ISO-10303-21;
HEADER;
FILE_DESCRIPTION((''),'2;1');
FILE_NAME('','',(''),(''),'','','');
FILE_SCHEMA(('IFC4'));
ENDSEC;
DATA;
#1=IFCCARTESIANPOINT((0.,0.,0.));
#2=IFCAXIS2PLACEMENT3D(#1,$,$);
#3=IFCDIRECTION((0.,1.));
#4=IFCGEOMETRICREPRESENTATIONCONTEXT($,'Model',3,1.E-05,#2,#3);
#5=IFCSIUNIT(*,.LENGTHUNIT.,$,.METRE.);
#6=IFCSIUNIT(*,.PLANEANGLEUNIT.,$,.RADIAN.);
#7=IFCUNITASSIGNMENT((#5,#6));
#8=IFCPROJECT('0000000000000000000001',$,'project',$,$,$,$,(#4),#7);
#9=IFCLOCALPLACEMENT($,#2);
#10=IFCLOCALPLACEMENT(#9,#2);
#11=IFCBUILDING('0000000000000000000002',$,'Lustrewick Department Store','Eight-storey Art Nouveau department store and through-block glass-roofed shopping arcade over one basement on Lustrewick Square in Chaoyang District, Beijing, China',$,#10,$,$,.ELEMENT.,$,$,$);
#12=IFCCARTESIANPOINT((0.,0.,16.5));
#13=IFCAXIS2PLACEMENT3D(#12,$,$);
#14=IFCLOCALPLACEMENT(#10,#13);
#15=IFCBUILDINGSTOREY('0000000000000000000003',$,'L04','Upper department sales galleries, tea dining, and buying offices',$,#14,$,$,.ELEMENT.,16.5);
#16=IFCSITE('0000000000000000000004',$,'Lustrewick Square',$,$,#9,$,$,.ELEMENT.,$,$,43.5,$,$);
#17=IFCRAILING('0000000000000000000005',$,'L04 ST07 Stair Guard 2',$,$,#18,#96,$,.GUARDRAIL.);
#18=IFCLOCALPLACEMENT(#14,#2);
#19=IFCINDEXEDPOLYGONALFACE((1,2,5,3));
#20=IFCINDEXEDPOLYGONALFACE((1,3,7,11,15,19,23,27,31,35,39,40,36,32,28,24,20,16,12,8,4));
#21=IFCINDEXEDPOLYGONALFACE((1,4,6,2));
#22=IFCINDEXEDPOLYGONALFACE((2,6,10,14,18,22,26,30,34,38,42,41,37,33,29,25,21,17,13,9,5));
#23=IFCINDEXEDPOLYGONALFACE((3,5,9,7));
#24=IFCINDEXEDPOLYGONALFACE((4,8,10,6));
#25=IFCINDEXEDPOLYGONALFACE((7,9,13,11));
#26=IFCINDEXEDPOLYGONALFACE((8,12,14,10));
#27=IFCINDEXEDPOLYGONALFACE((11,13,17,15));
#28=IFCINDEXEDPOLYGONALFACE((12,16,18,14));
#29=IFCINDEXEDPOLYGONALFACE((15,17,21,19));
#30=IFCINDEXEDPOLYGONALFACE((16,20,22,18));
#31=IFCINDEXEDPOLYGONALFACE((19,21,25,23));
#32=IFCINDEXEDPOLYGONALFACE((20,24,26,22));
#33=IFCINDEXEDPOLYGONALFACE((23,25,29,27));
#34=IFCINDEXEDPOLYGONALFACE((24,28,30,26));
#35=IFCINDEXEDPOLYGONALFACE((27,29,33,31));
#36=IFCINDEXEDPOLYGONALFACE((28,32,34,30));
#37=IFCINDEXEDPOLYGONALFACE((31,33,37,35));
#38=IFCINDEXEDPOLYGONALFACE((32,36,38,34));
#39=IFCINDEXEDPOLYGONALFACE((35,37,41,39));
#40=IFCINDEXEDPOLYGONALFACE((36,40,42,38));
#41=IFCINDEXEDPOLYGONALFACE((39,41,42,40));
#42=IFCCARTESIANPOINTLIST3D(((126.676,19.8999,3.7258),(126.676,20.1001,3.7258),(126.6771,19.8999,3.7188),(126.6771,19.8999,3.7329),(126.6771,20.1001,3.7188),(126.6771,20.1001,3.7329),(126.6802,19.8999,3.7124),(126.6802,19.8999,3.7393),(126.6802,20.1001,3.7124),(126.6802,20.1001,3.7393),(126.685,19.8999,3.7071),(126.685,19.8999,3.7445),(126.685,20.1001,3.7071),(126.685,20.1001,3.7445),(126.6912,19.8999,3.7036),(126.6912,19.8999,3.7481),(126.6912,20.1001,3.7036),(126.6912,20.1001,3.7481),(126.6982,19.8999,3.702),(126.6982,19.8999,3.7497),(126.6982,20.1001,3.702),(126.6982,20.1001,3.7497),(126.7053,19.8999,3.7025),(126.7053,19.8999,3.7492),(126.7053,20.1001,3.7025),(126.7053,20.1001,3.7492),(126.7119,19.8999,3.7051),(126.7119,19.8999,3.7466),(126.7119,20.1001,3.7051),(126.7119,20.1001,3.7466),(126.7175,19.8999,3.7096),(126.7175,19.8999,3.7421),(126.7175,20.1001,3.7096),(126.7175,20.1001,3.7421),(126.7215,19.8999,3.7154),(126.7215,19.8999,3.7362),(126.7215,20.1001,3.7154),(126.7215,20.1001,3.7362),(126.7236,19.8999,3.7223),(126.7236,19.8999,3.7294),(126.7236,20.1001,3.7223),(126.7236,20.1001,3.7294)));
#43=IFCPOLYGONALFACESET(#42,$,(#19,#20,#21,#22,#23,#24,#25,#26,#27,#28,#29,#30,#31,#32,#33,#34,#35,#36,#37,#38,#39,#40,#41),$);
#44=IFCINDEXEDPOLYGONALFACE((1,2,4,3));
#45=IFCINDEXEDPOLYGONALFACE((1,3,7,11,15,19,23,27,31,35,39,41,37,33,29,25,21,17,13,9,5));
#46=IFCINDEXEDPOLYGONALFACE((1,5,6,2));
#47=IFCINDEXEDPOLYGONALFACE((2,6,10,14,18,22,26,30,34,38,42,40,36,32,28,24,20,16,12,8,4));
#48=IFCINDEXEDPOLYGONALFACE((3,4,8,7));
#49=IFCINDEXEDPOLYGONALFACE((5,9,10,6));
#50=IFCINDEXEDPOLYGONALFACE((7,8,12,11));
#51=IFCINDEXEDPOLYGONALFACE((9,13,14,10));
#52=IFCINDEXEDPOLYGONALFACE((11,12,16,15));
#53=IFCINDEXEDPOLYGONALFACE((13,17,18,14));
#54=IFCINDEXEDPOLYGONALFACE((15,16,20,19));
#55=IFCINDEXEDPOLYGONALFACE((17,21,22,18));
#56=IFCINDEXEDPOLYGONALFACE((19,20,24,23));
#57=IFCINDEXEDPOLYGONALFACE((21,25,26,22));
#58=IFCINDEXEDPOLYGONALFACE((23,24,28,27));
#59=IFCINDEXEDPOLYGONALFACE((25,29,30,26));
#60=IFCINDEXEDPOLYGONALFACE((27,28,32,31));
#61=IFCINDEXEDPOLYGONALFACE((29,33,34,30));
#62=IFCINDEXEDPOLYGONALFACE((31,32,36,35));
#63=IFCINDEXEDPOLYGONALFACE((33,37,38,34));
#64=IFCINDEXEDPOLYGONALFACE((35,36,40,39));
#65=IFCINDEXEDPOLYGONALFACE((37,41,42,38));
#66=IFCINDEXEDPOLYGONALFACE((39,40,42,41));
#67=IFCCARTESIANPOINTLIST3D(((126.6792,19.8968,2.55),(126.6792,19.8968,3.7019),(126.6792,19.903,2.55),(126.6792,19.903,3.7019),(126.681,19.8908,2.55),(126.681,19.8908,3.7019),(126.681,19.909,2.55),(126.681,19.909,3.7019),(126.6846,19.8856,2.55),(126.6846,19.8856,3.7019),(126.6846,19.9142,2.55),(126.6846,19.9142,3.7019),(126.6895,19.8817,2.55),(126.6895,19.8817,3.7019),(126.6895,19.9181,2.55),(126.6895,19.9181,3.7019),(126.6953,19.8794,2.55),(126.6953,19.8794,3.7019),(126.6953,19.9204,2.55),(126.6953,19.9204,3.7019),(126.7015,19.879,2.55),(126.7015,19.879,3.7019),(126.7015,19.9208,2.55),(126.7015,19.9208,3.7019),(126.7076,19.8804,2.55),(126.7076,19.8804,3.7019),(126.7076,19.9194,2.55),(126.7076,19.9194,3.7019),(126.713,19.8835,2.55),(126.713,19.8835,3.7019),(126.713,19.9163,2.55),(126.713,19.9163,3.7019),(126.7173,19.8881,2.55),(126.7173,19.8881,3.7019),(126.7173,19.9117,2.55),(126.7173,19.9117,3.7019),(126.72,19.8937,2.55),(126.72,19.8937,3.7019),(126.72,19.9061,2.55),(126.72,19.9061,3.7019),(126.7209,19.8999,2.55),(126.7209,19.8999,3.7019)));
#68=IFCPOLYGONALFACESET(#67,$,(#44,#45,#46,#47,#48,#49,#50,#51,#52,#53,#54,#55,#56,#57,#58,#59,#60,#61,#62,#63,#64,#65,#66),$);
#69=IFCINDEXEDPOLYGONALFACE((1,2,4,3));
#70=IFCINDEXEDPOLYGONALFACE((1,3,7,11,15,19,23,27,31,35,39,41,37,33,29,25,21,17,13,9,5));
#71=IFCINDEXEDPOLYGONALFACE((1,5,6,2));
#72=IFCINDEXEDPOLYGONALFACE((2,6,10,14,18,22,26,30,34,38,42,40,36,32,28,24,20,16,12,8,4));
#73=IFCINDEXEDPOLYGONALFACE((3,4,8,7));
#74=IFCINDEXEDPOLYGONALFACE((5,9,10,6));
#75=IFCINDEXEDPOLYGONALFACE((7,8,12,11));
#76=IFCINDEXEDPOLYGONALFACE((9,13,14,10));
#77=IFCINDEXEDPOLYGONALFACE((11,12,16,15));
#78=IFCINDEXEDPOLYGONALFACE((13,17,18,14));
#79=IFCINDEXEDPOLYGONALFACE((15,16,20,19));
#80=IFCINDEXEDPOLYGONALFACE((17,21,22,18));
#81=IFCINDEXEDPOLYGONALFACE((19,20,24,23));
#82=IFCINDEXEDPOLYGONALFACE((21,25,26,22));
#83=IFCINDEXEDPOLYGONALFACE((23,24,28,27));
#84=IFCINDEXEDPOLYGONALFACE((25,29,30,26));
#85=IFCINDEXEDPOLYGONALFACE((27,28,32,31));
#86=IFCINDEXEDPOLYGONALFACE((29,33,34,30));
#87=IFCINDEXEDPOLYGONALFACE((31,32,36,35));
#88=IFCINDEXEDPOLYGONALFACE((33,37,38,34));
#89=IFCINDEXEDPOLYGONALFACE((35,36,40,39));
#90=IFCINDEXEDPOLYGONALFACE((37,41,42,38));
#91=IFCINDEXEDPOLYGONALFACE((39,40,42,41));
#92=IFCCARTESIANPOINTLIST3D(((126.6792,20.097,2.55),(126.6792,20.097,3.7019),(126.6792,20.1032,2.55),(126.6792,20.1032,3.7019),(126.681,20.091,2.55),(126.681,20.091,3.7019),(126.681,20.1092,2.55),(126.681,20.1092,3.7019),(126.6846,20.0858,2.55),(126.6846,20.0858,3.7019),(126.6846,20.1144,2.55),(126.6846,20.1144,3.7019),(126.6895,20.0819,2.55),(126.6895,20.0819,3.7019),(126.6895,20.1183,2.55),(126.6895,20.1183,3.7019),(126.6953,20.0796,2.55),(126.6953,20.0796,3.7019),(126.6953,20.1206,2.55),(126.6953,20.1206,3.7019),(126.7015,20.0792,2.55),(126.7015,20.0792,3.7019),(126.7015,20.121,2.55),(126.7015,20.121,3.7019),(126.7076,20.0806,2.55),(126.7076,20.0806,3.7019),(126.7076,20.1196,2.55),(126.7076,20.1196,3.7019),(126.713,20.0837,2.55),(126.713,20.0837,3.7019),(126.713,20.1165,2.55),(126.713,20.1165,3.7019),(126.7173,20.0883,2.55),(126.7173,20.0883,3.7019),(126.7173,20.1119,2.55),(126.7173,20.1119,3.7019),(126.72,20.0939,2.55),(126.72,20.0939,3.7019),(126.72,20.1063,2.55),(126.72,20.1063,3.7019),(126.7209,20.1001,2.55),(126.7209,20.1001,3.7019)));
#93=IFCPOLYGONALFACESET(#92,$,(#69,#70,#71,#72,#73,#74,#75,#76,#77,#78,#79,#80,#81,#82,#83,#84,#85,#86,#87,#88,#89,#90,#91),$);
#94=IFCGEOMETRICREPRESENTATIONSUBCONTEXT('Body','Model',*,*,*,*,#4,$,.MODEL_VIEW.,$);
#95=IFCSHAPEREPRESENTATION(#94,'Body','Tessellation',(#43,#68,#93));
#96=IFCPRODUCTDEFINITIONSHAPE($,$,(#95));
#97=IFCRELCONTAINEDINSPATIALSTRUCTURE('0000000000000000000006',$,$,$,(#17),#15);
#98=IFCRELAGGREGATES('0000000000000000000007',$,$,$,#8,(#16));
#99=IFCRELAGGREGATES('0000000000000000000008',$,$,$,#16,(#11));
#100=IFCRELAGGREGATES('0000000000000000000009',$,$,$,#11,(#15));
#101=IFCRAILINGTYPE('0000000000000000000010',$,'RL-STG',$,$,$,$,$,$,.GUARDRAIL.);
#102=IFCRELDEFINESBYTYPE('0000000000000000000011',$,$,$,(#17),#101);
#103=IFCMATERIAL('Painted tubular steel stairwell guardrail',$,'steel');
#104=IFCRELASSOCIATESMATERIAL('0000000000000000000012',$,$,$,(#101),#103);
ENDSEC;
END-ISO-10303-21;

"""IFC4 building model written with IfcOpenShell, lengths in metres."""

from ifc_helpers import new_model, si_unit, direction, frame, origin, origin_2d, place, context, subcontext, project, spatial, circle, extrude, material, type_object, element, save


model = new_model("IFC4")

# Units and contexts
model_context = context("Model", 3, precision=1e-05, world=origin(), true_north=direction((0.0, 1.0)))
body_context = subcontext(model_context, "Body", "Model", "MODEL_VIEW")
ifc_project = project(units=[si_unit("LENGTHUNIT", "METRE"), si_unit("PLANEANGLEUNIT", "RADIAN")], contexts=[model_context])

# Site, building, storey
site_placement = place(None, origin())
site = spatial("IfcSite", under=ifc_project, at=site_placement, Name="Lustrewick Square", CompositionType="ELEMENT", RefElevation=43.5)
building_placement = place(site_placement, origin())
building = spatial("IfcBuilding", under=site, at=building_placement, Name="Lustrewick Department Store", Description="Eight-storey Art Nouveau department store and through-block glass-roofed shopping arcade over one basement on Lustrewick Square in Chaoyang District, Beijing, China", CompositionType="ELEMENT")
storey_placement = place(building_placement, frame((0.0, 0.0, 16.5)))
storey = spatial("IfcBuildingStorey", under=building, at=storey_placement, Name="L04", Description="Upper department sales galleries, tea dining, and buying offices", CompositionType="ELEMENT", Elevation=16.5)

# Railing
ifc_material_1 = material(Name="Painted tubular steel stairwell guardrail", Category="steel")
railing_type_1 = type_object("IfcRailingType", Name="RL-STG", PredefinedType="GUARDRAIL", material=ifc_material_1)
railing_1_placement = place(storey_placement, frame((126.7, 19.8999, 2.55)))
element("IfcRailing", 1, at=railing_1_placement, inside=storey, type_object=railing_type_1, Name="L04 ST07 Stair Guard 2", PredefinedType="GUARDRAIL", context=body_context, shape_type="SweptSolid", body=[
    extrude(circle(Radius=0.0239, at=origin_2d()), frame((0.0, 0.0, 1.1758), z_axis=(0.0, 1.0, 0.0), x_axis=(-1.0, 0.0, 0.0)), (0.0, 0.0, 1.0), 0.2002),
    extrude(circle(Radius=0.021, at=origin_2d()), origin(), (0.0, 0.0, 1.0), 1.1519),
    extrude(circle(Radius=0.021, at=origin_2d()), frame((0.0, 0.2002, 0.0)), (0.0, 0.0, 1.0), 1.1519),
])

save(model, "model.ifc")
